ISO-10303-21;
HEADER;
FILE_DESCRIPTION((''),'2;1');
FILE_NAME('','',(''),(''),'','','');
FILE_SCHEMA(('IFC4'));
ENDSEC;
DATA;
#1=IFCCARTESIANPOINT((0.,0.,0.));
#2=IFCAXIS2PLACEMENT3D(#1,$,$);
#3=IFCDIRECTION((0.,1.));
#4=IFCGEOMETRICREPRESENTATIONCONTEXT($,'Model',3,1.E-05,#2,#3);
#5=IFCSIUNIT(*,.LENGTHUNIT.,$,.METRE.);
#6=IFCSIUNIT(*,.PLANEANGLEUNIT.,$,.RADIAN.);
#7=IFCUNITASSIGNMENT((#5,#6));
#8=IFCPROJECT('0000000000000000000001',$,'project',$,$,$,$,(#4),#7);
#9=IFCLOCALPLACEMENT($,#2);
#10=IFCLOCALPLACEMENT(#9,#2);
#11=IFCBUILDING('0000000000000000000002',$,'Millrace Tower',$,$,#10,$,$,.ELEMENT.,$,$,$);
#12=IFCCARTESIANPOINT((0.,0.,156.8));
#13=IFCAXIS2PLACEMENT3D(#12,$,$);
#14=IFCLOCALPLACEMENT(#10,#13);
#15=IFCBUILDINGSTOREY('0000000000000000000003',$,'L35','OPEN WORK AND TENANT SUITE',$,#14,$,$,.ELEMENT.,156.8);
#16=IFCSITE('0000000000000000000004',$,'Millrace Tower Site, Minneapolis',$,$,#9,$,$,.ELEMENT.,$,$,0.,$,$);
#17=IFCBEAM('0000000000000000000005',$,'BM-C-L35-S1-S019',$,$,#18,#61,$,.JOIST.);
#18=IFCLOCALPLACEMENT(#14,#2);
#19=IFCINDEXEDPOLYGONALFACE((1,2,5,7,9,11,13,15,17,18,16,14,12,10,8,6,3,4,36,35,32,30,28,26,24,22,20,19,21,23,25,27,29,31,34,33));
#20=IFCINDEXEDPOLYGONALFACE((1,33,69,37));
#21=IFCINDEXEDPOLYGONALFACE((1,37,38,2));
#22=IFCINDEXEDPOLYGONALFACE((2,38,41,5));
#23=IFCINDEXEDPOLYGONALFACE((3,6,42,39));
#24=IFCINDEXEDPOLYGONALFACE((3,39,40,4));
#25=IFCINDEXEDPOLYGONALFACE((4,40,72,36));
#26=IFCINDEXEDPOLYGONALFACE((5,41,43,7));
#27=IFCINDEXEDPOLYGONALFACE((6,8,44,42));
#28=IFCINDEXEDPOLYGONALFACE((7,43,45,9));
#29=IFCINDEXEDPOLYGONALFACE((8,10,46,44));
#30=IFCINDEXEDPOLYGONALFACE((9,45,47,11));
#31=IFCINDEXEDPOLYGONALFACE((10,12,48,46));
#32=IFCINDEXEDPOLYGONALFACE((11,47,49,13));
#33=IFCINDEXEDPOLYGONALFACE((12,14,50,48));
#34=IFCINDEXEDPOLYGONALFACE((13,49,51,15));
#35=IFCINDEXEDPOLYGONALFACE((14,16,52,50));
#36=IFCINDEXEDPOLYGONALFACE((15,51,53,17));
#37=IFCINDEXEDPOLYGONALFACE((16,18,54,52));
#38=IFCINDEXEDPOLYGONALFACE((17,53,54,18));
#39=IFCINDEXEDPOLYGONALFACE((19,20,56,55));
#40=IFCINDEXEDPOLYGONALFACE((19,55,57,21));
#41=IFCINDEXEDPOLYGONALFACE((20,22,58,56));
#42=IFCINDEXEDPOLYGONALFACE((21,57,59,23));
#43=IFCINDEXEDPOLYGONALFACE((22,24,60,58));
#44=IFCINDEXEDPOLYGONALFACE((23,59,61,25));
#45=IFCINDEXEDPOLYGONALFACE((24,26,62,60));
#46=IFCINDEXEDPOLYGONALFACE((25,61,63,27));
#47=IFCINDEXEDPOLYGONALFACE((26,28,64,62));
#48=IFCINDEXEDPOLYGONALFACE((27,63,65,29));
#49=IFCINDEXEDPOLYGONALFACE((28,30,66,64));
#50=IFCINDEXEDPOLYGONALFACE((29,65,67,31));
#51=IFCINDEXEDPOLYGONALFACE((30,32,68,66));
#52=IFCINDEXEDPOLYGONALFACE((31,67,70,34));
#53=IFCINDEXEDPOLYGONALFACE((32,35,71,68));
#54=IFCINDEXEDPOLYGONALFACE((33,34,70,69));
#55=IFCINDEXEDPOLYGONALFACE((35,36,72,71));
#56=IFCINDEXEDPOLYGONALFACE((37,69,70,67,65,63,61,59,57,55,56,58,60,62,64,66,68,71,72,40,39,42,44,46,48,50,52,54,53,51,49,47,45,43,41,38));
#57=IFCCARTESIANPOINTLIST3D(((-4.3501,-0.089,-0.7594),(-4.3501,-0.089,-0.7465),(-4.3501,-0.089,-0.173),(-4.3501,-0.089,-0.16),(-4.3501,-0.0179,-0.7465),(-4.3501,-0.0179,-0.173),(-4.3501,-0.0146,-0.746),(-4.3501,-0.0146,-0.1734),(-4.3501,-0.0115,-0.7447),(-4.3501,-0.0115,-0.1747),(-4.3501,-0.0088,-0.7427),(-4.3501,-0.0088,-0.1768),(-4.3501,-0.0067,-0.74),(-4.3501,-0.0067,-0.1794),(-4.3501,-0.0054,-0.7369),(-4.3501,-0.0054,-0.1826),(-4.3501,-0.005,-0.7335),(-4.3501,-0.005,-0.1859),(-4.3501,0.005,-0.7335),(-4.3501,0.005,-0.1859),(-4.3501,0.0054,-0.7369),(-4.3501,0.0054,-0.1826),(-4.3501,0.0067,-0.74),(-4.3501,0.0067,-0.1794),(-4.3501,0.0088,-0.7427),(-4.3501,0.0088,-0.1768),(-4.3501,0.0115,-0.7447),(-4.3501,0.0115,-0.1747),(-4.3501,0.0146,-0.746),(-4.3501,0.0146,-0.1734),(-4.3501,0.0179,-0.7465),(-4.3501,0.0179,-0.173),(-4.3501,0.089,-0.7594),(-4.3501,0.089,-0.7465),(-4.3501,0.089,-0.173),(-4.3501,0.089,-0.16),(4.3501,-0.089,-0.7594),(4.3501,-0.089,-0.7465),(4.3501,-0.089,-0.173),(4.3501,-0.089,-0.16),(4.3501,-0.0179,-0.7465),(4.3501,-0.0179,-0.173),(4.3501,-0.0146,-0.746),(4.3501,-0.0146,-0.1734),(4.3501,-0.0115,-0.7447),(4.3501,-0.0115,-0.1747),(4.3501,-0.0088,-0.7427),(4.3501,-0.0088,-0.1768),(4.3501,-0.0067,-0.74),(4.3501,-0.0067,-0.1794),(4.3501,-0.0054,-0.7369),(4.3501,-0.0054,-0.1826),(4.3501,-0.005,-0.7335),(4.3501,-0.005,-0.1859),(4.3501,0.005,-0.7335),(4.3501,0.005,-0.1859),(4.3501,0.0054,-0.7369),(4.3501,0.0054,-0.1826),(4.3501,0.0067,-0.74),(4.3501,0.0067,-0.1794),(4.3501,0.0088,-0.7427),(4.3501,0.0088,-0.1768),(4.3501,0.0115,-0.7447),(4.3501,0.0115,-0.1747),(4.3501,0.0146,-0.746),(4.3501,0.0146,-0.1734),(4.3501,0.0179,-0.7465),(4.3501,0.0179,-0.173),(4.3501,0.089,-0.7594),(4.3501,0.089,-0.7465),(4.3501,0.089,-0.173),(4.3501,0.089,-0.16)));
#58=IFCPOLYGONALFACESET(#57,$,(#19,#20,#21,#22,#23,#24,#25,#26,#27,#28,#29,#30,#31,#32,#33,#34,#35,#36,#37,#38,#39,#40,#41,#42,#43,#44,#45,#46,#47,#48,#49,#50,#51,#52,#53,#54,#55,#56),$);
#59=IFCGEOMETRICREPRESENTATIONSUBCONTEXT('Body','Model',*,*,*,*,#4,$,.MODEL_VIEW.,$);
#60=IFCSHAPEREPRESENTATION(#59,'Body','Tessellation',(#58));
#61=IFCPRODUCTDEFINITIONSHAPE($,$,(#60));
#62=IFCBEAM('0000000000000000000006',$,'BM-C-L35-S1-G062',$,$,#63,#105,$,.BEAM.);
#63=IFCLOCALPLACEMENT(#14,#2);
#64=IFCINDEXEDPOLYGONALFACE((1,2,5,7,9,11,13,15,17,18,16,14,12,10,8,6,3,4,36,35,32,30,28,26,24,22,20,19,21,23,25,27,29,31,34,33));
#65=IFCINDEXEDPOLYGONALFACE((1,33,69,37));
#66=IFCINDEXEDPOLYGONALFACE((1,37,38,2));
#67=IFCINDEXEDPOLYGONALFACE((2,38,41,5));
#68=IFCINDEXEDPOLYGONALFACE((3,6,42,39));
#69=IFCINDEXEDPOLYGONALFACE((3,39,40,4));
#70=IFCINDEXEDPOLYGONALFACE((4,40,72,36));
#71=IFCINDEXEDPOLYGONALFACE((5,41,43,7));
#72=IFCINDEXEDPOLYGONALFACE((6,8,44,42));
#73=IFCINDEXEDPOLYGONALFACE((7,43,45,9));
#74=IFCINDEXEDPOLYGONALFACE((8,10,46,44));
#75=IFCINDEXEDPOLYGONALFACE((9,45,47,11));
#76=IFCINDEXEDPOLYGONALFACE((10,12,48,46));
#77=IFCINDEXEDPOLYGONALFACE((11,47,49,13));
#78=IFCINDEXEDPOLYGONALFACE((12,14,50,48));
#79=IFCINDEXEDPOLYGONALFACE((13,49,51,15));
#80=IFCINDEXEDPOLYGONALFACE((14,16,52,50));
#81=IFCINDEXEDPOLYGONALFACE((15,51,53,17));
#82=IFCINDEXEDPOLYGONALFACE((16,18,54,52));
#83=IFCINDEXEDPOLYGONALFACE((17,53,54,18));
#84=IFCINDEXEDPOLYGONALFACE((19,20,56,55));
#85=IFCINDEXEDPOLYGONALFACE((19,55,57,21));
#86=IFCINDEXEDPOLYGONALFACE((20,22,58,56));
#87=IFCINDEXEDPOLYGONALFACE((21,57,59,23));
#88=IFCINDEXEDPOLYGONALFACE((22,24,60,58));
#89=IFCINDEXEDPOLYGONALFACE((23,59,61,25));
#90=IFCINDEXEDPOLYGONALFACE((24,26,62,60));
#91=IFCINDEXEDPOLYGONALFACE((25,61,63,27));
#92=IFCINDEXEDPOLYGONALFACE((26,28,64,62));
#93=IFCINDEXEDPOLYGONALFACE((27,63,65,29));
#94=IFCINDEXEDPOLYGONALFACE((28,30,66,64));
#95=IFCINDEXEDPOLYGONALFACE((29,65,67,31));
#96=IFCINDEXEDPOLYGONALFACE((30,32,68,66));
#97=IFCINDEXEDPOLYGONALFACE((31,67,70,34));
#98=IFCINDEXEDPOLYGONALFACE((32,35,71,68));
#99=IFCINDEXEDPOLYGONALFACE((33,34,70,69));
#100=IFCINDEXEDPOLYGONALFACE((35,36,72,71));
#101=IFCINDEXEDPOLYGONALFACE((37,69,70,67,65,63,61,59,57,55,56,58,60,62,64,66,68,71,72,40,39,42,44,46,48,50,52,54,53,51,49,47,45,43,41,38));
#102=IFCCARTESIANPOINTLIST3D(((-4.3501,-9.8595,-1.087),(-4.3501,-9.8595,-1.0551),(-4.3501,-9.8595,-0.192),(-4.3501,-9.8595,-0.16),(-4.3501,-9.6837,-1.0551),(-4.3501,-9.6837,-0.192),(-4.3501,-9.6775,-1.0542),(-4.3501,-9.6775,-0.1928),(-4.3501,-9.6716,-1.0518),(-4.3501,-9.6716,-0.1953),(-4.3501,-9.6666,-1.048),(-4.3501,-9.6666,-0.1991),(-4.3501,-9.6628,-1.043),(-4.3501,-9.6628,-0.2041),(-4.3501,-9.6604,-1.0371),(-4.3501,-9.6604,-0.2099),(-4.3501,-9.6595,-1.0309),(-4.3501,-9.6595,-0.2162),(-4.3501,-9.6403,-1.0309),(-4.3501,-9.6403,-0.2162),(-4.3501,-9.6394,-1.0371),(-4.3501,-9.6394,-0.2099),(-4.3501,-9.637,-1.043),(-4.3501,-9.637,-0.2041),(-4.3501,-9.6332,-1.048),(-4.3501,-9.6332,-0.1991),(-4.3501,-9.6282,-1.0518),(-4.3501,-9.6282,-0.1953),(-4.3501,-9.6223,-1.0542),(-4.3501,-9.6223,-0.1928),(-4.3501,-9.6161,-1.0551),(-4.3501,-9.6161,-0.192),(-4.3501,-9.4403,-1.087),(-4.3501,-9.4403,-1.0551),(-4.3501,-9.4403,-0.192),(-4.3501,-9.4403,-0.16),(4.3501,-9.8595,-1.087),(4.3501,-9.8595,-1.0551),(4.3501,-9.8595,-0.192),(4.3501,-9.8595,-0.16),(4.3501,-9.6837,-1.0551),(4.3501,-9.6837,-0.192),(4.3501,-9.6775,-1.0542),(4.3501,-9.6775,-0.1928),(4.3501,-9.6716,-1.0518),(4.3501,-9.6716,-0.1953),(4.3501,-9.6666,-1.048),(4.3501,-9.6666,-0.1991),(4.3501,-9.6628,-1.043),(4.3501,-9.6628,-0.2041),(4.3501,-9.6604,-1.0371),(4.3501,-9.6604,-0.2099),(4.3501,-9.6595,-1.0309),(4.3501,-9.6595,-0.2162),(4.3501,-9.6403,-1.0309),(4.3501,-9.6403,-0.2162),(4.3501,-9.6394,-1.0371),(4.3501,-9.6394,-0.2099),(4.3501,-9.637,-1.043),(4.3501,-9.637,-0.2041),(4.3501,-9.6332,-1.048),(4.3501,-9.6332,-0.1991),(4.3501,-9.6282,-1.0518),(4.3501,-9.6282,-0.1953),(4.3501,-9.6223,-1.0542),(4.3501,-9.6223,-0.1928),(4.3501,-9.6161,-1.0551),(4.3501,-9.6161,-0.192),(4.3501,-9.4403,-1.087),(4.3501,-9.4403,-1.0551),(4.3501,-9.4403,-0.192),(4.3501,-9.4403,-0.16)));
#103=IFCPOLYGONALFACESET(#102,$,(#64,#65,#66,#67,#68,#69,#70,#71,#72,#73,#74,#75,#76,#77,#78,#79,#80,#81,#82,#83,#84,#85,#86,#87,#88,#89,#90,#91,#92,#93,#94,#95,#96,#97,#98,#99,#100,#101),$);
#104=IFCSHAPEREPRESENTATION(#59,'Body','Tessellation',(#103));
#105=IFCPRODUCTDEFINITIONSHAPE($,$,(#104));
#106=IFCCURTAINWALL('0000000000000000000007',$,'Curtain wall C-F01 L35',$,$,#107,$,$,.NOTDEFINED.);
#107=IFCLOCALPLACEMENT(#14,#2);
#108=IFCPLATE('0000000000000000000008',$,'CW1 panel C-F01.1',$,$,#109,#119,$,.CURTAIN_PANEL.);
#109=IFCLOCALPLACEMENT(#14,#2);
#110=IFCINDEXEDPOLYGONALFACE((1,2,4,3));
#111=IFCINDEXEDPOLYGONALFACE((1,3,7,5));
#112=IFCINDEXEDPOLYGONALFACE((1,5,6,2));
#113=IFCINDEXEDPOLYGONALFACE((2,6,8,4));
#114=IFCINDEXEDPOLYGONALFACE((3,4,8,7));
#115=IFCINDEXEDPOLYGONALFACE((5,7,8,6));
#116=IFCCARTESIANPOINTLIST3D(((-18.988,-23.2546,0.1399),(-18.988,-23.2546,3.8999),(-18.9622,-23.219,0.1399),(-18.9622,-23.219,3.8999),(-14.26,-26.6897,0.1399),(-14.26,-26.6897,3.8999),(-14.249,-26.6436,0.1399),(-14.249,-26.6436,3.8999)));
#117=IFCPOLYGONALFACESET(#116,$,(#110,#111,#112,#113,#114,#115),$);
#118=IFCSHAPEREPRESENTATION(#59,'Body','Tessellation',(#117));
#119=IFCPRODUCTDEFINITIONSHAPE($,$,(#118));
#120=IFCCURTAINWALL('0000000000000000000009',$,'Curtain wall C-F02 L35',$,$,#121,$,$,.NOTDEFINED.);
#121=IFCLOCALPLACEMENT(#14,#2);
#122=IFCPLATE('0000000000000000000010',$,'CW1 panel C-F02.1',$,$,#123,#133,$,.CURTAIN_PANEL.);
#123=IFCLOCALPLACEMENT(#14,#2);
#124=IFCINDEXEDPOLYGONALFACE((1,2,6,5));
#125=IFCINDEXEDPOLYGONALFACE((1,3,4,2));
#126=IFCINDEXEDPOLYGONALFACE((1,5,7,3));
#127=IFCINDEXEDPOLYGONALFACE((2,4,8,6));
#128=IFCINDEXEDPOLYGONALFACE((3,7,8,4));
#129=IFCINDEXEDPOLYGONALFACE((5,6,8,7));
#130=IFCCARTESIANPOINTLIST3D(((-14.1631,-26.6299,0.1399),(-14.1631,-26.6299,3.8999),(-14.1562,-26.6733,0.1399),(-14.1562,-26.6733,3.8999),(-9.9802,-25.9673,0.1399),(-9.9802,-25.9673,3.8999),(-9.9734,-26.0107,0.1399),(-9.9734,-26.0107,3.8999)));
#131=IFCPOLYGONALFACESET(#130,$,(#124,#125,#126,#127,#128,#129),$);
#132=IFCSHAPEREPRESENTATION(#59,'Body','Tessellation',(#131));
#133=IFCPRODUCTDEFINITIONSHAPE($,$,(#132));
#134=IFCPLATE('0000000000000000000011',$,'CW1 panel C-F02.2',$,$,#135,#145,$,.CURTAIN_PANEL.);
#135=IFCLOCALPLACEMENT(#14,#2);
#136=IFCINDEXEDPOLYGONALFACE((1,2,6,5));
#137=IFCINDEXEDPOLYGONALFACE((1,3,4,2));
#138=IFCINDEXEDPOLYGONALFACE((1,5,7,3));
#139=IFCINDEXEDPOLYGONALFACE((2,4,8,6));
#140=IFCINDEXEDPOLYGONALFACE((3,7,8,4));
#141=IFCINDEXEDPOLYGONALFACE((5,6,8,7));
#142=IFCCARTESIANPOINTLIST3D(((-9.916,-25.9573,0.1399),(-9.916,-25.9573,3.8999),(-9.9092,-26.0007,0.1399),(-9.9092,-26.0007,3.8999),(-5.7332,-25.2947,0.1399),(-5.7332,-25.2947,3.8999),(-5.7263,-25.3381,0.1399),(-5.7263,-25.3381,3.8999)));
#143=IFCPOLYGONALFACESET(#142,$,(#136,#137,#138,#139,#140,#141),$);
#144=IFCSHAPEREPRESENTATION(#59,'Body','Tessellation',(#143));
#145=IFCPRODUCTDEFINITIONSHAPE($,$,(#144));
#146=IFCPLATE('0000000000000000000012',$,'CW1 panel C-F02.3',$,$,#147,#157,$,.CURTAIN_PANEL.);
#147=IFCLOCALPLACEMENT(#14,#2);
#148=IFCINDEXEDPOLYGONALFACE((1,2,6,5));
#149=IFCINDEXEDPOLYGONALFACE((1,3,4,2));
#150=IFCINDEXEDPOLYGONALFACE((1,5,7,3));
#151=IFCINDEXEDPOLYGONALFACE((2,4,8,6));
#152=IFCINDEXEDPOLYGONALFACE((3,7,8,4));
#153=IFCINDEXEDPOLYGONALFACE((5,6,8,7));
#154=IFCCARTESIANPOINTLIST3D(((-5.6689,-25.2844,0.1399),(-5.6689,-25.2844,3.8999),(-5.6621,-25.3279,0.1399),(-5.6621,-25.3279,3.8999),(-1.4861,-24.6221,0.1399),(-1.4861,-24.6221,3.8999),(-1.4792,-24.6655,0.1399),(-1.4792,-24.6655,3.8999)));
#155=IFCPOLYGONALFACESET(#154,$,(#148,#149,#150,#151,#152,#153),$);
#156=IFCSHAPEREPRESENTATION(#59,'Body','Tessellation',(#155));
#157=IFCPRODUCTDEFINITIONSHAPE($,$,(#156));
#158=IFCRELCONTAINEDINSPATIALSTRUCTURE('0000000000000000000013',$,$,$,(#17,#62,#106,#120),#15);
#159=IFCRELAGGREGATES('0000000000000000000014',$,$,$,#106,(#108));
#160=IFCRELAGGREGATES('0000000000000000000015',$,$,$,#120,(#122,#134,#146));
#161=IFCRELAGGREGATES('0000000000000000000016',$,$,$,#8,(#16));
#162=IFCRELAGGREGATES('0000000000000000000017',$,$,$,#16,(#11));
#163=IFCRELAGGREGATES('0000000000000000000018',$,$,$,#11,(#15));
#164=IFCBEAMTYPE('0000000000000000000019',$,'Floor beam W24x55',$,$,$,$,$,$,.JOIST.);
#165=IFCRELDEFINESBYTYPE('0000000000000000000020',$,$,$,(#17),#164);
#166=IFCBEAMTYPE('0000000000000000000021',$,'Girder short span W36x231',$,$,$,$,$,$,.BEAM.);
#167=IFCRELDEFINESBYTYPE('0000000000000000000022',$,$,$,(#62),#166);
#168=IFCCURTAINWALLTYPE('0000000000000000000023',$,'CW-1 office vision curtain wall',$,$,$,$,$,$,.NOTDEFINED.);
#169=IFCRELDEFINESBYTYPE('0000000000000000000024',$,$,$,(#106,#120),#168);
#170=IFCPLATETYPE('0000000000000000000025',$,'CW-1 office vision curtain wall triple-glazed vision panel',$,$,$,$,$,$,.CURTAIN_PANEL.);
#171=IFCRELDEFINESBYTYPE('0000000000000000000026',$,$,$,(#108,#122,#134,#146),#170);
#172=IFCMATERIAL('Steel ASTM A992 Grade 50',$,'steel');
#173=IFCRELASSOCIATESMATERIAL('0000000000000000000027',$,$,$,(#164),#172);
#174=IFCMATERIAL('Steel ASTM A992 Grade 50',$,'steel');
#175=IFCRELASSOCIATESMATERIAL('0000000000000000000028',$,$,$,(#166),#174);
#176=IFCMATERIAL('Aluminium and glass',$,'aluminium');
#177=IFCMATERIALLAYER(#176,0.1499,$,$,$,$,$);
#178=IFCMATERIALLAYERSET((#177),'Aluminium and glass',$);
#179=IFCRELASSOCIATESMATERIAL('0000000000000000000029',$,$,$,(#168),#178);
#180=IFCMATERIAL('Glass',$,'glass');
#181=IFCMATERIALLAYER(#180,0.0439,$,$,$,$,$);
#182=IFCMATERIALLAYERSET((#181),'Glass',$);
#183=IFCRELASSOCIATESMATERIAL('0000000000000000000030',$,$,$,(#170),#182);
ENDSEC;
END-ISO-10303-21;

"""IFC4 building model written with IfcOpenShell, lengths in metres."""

from ifc_helpers import new_model, si_unit, direction, frame, origin, origin_2d, place, context, subcontext, project, spatial, polyline, i_section, outline, extrude, material, layer, layer_set, material_profile, profile_set, type_object, element, aggregate, save


model = new_model("IFC4")

# Units and contexts
model_context = context("Model", 3, precision=1e-05, world=origin(), true_north=direction((0.0, 1.0)))
body_context = subcontext(model_context, "Body", "Model", "MODEL_VIEW")
ifc_project = project(units=[si_unit("LENGTHUNIT", "METRE"), si_unit("PLANEANGLEUNIT", "RADIAN")], contexts=[model_context])

# Site, building, storey
site_placement = place(None, origin())
site = spatial("IfcSite", under=ifc_project, at=site_placement, Name="Millrace Tower Site, Minneapolis", CompositionType="ELEMENT", RefElevation=0.0)
building_placement = place(site_placement, origin())
building = spatial("IfcBuilding", under=site, at=building_placement, Name="Millrace Tower", CompositionType="ELEMENT")
storey_placement = place(building_placement, frame((0.0, 0.0, 156.8)))
storey = spatial("IfcBuildingStorey", under=building, at=storey_placement, Name="L35", Description="OPEN WORK AND TENANT SUITE", CompositionType="ELEMENT", Elevation=156.8)

# Beams
ifc_material_1 = material(Name="Steel ASTM A992 Grade 50", Category="steel")
ifc_material_profile_1 = material_profile(ifc_material_1, i_section(OverallWidth=0.178, OverallDepth=0.5994, WebThickness=0.01, FlangeThickness=0.0129, FilletRadius=0.0129, at=origin_2d()))
ifc_profile_set_1 = profile_set([ifc_material_profile_1], Name="Steel ASTM A992 Grade 50")
beam_type_1 = type_object("IfcBeamType", Name="Floor beam W24x55", PredefinedType="JOIST", material=ifc_profile_set_1)
for number, where, z_axis, x_axis, name in (
    (1, (-4.3501, 0.0, -0.4597), (1.0, 0.0, 0.0), (0.0, 1.0, 0.0), "BM-C-L35-S1-S019"),
):
    element("IfcBeam", number, at=place(storey_placement, frame(where, z_axis=z_axis, x_axis=x_axis)), inside=storey, type_object=beam_type_1, Name=name, PredefinedType="JOIST", context=body_context, shape_type="SweptSolid", body=[
        extrude(i_section(OverallWidth=0.178, OverallDepth=0.5994, WebThickness=0.01, FlangeThickness=0.0129, FilletRadius=0.0129, at=origin_2d()), origin(), (0.0, 0.0, 1.0), 8.7002),
    ])
ifc_material_2 = material(Name="Steel ASTM A992 Grade 50", Category="steel")
ifc_material_profile_2 = material_profile(ifc_material_2, i_section(OverallWidth=0.4192, OverallDepth=0.927, WebThickness=0.0193, FlangeThickness=0.032, FilletRadius=0.0242, at=origin_2d()))
ifc_profile_set_2 = profile_set([ifc_material_profile_2], Name="Steel ASTM A992 Grade 50")
beam_type_2 = type_object("IfcBeamType", Name="Girder short span W36x231", PredefinedType="BEAM", material=ifc_profile_set_2)
beam_1_placement = place(storey_placement, frame((-4.3501, -9.6499, -0.6235), z_axis=(1.0, 0.0, 0.0), x_axis=(0.0, 1.0, 0.0)))
element("IfcBeam", 2, at=beam_1_placement, inside=storey, type_object=beam_type_2, Name="BM-C-L35-S1-G062", PredefinedType="BEAM", context=body_context, shape_type="SweptSolid", body=[
    extrude(i_section(OverallWidth=0.4192, OverallDepth=0.927, WebThickness=0.0193, FlangeThickness=0.032, FilletRadius=0.0242, at=origin_2d()), origin(), (0.0, 0.0, 1.0), 8.7002),
])

# Curtain wall, plate
ifc_material_3 = material(Name="Aluminium and glass", Category="aluminium")
ifc_layer_1 = layer(ifc_material_3, 0.1499)
ifc_layer_set_1 = layer_set([ifc_layer_1], Name="Aluminium and glass")
curtain_wall_type = type_object("IfcCurtainWallType", Name="CW-1 office vision curtain wall", PredefinedType="NOTDEFINED", material=ifc_layer_set_1)
placement_1 = place(storey_placement, origin())
curtain_wall_1 = element("IfcCurtainWall", 3, at=placement_1, inside=storey, type_object=curtain_wall_type, Name="Curtain wall C-F01 L35", PredefinedType="NOTDEFINED")
ifc_material_4 = material(Name="Glass", Category="glass")
ifc_layer_2 = layer(ifc_material_4, 0.0439)
ifc_layer_set_2 = layer_set([ifc_layer_2], Name="Glass")
plate_type = type_object("IfcPlateType", Name="CW-1 office vision curtain wall triple-glazed vision panel", PredefinedType="CURTAIN_PANEL", material=ifc_layer_set_2)
placement_2 = place(storey_placement, frame((0.0, 0.0, 0.1399)))
plate_1 = element("IfcPlate", 4, at=placement_2, type_object=plate_type, Name="CW1 panel C-F01.1", PredefinedType="CURTAIN_PANEL", context=body_context, shape_type="SweptSolid", body=[
    extrude(outline(polyline([(-18.988, -23.2546), (-14.26, -26.6897), (-14.249, -26.6436), (-18.9622, -23.219), (-18.988, -23.2546)])), origin(), (0.0, 0.0, 1.0), 3.76),
])
aggregate(curtain_wall_1, [plate_1])

# Curtain wall, plates
curtain_wall_2 = element("IfcCurtainWall", 5, at=placement_1, inside=storey, type_object=curtain_wall_type, Name="Curtain wall C-F02 L35", PredefinedType="NOTDEFINED")
plate_2 = element("IfcPlate", 6, at=placement_2, type_object=plate_type, Name="CW1 panel C-F02.1", PredefinedType="CURTAIN_PANEL", context=body_context, shape_type="SweptSolid", body=[
    extrude(outline(polyline([(-14.1562, -26.6733), (-9.9734, -26.0107), (-9.9802, -25.9673), (-14.1631, -26.6299), (-14.1562, -26.6733)])), origin(), (0.0, 0.0, 1.0), 3.76),
])
plate_3 = element("IfcPlate", 7, at=placement_2, type_object=plate_type, Name="CW1 panel C-F02.2", PredefinedType="CURTAIN_PANEL", context=body_context, shape_type="SweptSolid", body=[
    extrude(outline(polyline([(-9.9092, -26.0007), (-5.7263, -25.3381), (-5.7332, -25.2947), (-9.916, -25.9573), (-9.9092, -26.0007)])), origin(), (0.0, 0.0, 1.0), 3.76),
])
plate_4 = element("IfcPlate", 8, at=placement_2, type_object=plate_type, Name="CW1 panel C-F02.3", PredefinedType="CURTAIN_PANEL", context=body_context, shape_type="SweptSolid", body=[
    extrude(outline(polyline([(-5.6621, -25.3279), (-1.4792, -24.6655), (-1.4861, -24.6221), (-5.6689, -25.2844), (-5.6621, -25.3279)])), origin(), (0.0, 0.0, 1.0), 3.76),
])
aggregate(curtain_wall_2, [plate_2, plate_3, plate_4])

save(model, "model.ifc")
